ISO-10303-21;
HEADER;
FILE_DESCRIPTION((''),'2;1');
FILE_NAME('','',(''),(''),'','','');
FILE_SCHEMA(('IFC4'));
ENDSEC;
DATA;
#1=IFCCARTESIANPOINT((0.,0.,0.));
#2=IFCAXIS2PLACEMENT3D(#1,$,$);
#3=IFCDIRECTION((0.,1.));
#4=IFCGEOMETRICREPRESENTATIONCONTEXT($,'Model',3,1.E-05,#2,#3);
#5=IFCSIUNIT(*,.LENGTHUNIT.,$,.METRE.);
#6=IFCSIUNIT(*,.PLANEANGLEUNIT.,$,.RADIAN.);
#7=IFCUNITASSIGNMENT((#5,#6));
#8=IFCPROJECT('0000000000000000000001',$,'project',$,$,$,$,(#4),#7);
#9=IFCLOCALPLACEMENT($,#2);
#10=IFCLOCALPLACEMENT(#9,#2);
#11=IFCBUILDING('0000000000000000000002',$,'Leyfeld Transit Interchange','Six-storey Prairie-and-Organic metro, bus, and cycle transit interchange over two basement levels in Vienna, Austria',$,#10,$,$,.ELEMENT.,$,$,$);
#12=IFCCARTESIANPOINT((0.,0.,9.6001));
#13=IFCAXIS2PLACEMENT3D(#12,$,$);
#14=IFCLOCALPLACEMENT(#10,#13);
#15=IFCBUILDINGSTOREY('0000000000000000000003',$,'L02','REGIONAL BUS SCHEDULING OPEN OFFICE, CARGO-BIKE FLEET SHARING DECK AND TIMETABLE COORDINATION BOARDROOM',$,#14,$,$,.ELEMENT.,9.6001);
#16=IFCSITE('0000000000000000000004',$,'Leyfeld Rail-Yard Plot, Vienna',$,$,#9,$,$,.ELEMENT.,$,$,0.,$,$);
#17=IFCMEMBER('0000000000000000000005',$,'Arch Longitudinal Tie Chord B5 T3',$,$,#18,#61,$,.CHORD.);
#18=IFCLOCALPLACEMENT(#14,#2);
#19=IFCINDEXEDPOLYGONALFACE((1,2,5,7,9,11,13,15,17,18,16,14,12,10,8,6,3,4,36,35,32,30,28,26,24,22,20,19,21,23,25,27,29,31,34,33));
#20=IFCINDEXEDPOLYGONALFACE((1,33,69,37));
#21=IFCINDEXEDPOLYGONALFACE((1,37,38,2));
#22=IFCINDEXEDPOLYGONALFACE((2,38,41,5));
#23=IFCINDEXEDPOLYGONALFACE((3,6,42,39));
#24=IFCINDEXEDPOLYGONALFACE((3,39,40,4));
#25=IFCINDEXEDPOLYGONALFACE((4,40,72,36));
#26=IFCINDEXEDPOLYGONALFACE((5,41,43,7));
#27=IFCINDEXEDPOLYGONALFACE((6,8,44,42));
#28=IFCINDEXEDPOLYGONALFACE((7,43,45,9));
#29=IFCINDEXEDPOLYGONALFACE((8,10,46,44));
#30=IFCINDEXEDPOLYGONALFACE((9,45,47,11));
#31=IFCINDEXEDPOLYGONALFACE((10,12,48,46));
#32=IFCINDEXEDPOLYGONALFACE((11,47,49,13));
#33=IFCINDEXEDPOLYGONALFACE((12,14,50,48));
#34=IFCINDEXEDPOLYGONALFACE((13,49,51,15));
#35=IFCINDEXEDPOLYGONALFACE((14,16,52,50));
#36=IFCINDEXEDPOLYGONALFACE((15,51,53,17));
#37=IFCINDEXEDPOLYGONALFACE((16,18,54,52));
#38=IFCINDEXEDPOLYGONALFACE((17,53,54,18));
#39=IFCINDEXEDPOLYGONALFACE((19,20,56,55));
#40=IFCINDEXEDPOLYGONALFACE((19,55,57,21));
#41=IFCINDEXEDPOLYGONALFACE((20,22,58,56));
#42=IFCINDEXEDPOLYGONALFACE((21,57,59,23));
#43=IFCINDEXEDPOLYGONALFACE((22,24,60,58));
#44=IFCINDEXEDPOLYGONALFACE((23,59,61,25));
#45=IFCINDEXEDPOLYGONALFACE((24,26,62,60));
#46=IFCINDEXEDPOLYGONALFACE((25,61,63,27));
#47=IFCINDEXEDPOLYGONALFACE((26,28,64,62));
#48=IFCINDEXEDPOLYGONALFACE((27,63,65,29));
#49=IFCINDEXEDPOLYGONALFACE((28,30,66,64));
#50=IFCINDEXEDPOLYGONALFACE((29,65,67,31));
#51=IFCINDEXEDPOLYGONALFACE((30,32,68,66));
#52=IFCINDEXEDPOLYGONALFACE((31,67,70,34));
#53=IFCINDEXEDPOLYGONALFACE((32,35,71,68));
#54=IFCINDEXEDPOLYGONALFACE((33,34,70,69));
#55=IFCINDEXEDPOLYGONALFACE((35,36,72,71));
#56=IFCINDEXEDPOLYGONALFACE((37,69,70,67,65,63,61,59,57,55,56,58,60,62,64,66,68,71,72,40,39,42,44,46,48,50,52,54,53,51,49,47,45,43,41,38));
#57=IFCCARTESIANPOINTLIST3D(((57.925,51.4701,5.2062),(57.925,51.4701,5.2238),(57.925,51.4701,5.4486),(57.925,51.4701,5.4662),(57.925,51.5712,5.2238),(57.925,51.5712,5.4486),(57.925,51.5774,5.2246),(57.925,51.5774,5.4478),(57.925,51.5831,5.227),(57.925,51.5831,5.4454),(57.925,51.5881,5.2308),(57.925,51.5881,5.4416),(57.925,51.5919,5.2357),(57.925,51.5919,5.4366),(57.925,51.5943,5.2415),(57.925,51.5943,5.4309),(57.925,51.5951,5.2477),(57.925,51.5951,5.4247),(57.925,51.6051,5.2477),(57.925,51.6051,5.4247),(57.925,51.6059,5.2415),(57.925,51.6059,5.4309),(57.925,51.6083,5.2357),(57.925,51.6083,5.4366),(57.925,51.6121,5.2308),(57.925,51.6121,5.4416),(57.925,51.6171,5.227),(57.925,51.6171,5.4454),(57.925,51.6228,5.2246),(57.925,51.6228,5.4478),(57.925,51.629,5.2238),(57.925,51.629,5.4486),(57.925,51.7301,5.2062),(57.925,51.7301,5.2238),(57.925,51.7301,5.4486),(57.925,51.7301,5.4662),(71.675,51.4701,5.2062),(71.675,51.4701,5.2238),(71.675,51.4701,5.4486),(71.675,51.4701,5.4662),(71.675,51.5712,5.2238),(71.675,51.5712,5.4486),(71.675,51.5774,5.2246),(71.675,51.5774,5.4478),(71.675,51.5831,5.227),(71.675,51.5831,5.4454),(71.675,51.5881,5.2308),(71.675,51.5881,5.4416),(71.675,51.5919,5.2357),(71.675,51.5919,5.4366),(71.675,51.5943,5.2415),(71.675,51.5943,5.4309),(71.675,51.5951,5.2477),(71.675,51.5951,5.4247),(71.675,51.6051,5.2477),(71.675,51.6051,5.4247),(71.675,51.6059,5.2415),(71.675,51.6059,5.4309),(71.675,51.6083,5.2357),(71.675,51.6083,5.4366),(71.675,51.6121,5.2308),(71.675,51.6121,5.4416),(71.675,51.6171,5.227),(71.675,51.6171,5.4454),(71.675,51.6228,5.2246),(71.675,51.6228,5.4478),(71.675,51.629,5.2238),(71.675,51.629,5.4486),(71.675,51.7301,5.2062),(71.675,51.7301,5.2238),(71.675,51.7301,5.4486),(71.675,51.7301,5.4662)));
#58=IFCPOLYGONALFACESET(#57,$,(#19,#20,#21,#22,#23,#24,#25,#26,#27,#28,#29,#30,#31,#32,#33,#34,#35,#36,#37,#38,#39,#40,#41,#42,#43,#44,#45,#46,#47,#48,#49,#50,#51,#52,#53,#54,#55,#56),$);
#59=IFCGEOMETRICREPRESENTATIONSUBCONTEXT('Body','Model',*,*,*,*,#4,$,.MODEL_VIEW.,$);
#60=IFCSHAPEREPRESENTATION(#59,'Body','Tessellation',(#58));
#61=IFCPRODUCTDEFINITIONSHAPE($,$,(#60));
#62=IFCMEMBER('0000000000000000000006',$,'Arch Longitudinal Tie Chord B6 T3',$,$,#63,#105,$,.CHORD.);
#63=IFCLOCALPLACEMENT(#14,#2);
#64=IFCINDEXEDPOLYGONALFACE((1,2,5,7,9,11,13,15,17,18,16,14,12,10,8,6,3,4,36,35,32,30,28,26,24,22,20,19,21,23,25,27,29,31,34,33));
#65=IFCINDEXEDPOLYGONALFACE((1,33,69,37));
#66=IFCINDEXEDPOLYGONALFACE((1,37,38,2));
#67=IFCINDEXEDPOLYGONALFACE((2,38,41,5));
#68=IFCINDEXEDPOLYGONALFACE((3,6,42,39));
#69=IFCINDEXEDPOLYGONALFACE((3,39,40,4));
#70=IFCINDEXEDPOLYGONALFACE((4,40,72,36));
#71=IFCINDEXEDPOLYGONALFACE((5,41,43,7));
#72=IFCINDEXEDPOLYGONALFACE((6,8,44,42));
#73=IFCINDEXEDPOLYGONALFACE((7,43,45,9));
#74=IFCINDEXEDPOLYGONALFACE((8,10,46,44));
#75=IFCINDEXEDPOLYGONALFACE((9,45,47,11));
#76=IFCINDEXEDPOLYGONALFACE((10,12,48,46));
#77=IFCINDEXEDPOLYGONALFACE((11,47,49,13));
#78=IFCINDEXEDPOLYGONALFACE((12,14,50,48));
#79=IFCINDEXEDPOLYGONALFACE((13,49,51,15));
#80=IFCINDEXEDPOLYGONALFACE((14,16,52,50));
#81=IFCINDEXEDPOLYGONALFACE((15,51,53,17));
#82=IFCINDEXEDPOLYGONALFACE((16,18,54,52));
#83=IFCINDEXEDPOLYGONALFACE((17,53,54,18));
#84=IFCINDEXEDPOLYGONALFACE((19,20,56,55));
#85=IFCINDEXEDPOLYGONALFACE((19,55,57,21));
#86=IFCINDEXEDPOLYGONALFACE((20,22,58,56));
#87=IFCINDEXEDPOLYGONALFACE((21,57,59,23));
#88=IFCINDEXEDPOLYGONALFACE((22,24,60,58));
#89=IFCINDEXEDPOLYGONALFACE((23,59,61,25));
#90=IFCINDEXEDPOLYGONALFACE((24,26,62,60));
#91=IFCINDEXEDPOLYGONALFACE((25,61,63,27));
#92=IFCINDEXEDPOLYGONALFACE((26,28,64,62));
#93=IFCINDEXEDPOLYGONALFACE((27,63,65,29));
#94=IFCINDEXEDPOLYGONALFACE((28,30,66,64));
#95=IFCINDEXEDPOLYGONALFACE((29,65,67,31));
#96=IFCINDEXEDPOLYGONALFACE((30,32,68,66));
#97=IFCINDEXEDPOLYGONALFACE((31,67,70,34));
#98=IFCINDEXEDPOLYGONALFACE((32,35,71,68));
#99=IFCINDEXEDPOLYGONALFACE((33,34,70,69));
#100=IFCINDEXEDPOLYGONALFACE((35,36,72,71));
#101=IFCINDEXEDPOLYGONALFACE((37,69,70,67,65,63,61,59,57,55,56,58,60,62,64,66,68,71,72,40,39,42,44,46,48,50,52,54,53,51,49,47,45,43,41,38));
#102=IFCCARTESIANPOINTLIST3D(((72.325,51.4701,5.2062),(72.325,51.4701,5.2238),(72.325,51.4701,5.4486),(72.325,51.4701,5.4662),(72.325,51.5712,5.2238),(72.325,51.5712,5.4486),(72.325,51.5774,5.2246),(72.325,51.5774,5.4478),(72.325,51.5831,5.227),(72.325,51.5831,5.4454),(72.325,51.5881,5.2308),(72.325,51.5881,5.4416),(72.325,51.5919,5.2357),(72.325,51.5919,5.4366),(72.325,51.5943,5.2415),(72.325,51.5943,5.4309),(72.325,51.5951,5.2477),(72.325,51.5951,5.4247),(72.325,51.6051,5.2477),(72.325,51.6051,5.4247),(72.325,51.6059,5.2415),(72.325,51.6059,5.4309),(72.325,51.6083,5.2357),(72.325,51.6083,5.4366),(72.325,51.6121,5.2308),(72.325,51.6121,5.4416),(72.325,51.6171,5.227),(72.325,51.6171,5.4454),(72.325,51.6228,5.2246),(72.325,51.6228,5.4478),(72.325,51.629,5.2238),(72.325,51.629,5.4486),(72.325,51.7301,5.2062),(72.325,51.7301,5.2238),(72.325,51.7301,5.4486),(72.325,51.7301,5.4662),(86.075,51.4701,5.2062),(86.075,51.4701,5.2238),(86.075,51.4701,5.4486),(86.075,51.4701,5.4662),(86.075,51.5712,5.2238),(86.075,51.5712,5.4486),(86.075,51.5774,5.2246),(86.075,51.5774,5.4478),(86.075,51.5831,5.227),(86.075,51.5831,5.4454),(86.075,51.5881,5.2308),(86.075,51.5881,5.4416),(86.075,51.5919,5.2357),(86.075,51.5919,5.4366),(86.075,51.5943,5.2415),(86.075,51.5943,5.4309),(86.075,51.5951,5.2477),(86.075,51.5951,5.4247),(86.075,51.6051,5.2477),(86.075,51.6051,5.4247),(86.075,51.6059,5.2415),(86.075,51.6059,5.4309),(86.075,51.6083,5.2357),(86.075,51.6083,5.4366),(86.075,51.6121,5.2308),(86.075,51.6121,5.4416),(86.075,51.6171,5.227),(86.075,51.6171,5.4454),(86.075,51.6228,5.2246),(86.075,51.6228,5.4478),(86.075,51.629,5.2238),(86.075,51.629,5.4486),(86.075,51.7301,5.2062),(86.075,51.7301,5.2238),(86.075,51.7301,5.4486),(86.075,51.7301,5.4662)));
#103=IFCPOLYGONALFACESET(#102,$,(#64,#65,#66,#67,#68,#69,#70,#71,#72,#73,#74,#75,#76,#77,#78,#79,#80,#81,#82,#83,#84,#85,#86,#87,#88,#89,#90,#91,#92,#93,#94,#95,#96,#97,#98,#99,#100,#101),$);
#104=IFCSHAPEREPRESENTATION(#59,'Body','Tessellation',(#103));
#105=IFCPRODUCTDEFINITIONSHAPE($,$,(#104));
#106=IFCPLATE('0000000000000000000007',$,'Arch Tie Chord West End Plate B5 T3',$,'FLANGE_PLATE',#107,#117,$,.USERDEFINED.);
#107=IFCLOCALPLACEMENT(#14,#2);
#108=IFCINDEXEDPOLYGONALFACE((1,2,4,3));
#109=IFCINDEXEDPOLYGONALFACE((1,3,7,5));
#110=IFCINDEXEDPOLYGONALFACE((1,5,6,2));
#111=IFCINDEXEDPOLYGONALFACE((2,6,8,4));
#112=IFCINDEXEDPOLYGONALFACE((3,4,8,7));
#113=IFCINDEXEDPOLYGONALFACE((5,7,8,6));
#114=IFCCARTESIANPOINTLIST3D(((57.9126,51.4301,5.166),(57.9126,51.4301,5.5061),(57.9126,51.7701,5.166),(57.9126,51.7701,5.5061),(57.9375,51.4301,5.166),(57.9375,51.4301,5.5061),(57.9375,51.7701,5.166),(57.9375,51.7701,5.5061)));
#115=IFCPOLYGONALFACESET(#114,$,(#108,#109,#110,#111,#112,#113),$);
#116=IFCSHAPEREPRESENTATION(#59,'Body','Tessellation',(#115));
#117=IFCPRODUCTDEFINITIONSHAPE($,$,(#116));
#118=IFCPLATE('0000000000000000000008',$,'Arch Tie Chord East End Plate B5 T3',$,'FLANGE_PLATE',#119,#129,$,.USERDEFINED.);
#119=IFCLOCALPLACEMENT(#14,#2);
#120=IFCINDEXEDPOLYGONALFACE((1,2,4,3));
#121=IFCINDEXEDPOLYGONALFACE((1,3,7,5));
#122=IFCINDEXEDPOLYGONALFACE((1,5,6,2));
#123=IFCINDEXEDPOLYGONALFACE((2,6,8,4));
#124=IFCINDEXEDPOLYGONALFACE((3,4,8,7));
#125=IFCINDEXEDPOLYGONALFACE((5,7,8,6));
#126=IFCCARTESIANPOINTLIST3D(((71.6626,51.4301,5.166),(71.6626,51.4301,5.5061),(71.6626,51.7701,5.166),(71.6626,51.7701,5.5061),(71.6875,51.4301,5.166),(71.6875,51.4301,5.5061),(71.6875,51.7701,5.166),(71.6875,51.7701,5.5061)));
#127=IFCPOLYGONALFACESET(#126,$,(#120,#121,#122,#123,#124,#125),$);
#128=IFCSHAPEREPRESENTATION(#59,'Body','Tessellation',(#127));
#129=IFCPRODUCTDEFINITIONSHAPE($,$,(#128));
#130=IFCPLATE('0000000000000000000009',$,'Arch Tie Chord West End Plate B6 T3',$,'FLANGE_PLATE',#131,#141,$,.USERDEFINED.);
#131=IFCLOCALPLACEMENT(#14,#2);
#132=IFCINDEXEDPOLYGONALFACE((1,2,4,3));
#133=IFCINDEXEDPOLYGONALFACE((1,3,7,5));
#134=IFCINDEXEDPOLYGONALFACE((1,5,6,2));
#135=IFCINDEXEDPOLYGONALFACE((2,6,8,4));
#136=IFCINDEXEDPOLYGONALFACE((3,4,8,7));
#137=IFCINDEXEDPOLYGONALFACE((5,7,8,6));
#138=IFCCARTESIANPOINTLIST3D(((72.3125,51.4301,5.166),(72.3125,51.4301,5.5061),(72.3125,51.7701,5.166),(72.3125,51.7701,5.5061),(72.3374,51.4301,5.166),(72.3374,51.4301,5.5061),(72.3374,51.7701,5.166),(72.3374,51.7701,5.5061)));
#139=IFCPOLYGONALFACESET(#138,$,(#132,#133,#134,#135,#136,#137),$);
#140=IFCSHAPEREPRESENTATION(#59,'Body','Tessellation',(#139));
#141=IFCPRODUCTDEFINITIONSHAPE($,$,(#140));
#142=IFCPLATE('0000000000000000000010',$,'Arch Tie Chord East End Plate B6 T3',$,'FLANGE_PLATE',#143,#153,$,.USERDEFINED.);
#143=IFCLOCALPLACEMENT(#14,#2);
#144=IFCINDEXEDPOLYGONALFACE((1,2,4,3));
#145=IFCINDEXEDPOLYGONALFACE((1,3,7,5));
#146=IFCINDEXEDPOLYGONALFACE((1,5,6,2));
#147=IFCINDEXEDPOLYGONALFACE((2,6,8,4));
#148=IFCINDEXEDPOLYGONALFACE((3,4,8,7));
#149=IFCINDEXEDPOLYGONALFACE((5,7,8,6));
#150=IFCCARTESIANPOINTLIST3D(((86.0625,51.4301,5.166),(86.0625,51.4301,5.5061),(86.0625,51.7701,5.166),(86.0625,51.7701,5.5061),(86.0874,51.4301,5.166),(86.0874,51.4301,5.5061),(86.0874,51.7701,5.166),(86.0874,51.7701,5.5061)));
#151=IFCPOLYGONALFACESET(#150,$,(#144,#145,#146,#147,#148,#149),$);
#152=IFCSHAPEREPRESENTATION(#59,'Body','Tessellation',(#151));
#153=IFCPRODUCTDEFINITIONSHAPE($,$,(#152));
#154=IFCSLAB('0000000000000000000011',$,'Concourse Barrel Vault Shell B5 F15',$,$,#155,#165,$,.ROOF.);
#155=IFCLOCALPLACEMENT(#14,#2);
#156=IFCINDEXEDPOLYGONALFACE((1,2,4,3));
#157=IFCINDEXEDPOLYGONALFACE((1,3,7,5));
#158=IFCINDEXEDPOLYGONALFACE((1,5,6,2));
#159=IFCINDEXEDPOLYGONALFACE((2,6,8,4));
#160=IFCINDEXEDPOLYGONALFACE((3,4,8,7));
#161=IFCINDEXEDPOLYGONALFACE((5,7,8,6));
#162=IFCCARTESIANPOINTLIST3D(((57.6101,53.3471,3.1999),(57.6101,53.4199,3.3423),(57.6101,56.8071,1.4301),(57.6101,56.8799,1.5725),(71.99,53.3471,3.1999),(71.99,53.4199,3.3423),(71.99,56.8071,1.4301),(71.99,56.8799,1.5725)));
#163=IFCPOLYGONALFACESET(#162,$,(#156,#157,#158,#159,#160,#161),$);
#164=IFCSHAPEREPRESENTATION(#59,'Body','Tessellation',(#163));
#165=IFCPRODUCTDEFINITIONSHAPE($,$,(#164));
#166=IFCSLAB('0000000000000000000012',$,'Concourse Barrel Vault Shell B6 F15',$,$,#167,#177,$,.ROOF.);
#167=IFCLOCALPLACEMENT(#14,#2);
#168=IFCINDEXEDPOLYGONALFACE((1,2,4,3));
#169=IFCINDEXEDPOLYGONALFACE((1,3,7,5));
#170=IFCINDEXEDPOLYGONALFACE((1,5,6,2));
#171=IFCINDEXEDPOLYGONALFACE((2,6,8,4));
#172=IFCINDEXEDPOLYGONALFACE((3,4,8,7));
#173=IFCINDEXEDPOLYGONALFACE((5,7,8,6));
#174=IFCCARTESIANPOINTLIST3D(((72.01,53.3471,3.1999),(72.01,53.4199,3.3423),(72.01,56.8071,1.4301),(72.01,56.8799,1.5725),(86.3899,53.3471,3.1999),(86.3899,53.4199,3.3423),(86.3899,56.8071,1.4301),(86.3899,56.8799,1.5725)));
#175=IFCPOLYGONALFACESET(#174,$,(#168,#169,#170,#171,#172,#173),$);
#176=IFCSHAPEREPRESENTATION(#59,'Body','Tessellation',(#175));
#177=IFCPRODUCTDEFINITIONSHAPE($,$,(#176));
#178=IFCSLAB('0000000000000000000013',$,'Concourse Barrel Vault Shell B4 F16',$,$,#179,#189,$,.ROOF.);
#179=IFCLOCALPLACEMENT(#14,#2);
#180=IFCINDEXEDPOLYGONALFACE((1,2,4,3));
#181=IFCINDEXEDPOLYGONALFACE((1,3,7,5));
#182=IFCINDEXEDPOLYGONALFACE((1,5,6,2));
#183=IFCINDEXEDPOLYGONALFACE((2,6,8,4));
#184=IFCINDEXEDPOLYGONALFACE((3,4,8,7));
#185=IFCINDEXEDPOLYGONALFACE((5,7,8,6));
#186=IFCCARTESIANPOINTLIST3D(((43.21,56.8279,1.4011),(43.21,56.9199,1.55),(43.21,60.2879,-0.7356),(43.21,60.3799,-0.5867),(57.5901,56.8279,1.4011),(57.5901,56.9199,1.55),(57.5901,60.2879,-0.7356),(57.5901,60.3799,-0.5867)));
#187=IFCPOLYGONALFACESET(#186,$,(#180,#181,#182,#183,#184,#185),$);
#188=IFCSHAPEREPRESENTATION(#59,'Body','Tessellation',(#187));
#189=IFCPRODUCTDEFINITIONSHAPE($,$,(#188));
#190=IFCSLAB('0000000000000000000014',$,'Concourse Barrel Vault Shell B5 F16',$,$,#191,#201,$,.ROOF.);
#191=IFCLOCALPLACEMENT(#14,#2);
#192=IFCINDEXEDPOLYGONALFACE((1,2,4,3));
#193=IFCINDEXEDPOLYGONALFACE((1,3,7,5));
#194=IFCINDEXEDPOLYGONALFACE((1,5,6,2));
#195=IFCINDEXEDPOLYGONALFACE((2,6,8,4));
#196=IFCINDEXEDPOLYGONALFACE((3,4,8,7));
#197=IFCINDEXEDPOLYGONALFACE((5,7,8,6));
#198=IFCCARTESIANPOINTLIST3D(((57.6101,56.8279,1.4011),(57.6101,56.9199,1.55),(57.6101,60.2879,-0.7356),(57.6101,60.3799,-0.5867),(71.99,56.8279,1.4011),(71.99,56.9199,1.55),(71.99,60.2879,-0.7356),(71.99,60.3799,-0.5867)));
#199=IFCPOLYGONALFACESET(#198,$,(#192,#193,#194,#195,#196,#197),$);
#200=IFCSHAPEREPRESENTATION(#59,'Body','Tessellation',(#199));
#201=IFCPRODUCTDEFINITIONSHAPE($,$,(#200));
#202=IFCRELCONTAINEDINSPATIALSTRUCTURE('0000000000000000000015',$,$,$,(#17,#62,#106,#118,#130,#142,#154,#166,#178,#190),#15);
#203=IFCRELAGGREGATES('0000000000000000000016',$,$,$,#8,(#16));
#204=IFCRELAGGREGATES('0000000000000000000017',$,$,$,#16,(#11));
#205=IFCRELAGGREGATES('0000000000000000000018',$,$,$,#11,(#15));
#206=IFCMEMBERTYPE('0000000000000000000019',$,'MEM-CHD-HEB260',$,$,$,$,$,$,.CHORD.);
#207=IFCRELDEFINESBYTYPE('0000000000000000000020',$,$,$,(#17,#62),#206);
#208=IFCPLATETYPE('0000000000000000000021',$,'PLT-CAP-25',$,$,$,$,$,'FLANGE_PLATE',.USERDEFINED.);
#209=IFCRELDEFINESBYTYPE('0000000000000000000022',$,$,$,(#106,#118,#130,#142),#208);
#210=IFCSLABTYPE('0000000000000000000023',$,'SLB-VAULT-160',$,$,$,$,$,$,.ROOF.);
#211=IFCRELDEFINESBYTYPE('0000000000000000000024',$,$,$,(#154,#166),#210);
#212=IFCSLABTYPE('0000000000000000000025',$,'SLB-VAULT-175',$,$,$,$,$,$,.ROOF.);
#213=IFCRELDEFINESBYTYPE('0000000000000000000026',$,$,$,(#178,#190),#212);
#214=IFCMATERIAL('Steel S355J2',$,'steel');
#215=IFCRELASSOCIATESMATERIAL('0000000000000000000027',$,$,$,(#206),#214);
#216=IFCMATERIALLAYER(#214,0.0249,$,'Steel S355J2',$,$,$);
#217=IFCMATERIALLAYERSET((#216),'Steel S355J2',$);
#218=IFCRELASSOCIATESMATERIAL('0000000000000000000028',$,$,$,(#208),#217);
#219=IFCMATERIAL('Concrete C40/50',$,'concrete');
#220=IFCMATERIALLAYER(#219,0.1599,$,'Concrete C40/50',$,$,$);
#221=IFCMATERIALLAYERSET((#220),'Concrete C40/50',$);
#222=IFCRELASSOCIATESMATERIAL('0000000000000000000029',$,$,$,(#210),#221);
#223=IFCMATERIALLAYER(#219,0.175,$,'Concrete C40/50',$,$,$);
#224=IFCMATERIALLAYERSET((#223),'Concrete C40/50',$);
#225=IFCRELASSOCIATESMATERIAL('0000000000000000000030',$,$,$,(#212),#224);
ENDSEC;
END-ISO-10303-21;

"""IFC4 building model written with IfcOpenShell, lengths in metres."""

from ifc_helpers import new_model, si_unit, direction, frame, origin, origin_2d, place, context, subcontext, project, spatial, polyline, rectangle, i_section, outline, extrude, material, layer, layer_set, material_profile, profile_set, type_object, element, save


model = new_model("IFC4")

# Units and contexts
model_context = context("Model", 3, precision=1e-05, world=origin(), true_north=direction((0.0, 1.0)))
body_context = subcontext(model_context, "Body", "Model", "MODEL_VIEW")
ifc_project = project(units=[si_unit("LENGTHUNIT", "METRE"), si_unit("PLANEANGLEUNIT", "RADIAN")], contexts=[model_context])

# Site, building, storey
site_placement = place(None, origin())
site = spatial("IfcSite", under=ifc_project, at=site_placement, Name="Leyfeld Rail-Yard Plot, Vienna", CompositionType="ELEMENT", RefElevation=0.0)
building_placement = place(site_placement, origin())
building = spatial("IfcBuilding", under=site, at=building_placement, Name="Leyfeld Transit Interchange", Description="Six-storey Prairie-and-Organic metro, bus, and cycle transit interchange over two basement levels in Vienna, Austria", CompositionType="ELEMENT")
storey_placement = place(building_placement, frame((0.0, 0.0, 9.6001)))
storey = spatial("IfcBuildingStorey", under=building, at=storey_placement, Name="L02", Description="REGIONAL BUS SCHEDULING OPEN OFFICE, CARGO-BIKE FLEET SHARING DECK AND TIMETABLE COORDINATION BOARDROOM", CompositionType="ELEMENT", Elevation=9.6001)

# Shared definitions
ifc_material_1 = material(Name="Concrete C40/50", Category="concrete")

# Members
ifc_material_2 = material(Name="Steel S355J2", Category="steel")
ifc_material_profile_1 = material_profile(ifc_material_2, i_section(OverallWidth=0.26, OverallDepth=0.26, WebThickness=0.01, FlangeThickness=0.0176, FilletRadius=0.0239, at=origin_2d()), Name="HEB 260")
ifc_profile_set_1 = profile_set([ifc_material_profile_1], Name="Steel S355J2")
member_type_1 = type_object("IfcMemberType", Name="MEM-CHD-HEB260", PredefinedType="CHORD", material=ifc_profile_set_1)
for number, where, z_axis, x_axis, name in (
    (1, (57.925, 51.6001, 5.3362), (1.0, 0.0, 0.0), (0.0, 1.0, 0.0), "Arch Longitudinal Tie Chord B5 T3"),
    (2, (72.325, 51.6001, 5.3362), (1.0, 0.0, 0.0), (0.0, 1.0, 0.0), "Arch Longitudinal Tie Chord B6 T3"),
):
    element("IfcMember", number, at=place(storey_placement, frame(where, z_axis=z_axis, x_axis=x_axis)), inside=storey, type_object=member_type_1, Name=name, PredefinedType="CHORD", context=body_context, shape_type="SweptSolid", body=[
        extrude(i_section(OverallWidth=0.26, OverallDepth=0.26, WebThickness=0.01, FlangeThickness=0.0176, FilletRadius=0.0239, at=origin_2d()), origin(), (0.0, 0.0, 1.0), 13.75),
    ])

# Plates
ifc_layer_1 = layer(ifc_material_2, 0.0249, Name="Steel S355J2")
ifc_layer_set_1 = layer_set([ifc_layer_1], Name="Steel S355J2")
plate_type = type_object("IfcPlateType", Name="PLT-CAP-25", ElementType="FLANGE_PLATE", PredefinedType="USERDEFINED", material=ifc_layer_set_1)
for number, where, z_axis, x_axis, name in (
    (3, (57.925, 51.6001, 5.166), (0.0, 0.0, 1.0), (0.0, 1.0, 0.0), "Arch Tie Chord West End Plate B5 T3"),
    (4, (71.675, 51.6001, 5.166), (0.0, 0.0, 1.0), (0.0, 1.0, 0.0), "Arch Tie Chord East End Plate B5 T3"),
    (5, (72.325, 51.6001, 5.166), (0.0, 0.0, 1.0), (0.0, 1.0, 0.0), "Arch Tie Chord West End Plate B6 T3"),
    (6, (86.075, 51.6001, 5.166), (0.0, 0.0, 1.0), (0.0, 1.0, 0.0), "Arch Tie Chord East End Plate B6 T3"),
):
    element("IfcPlate", number, at=place(storey_placement, frame(where, z_axis=z_axis, x_axis=x_axis)), inside=storey, type_object=plate_type, Name=name, ObjectType="FLANGE_PLATE", PredefinedType="USERDEFINED", context=body_context, shape_type="SweptSolid", body=[
        extrude(rectangle(XDim=0.3401, YDim=0.0249, at=origin_2d()), origin(), (0.0, 0.0, 1.0), 0.3401),
    ])

# Slabs
ifc_layer_2 = layer(ifc_material_1, 0.1599, Name="Concrete C40/50")
ifc_layer_set_2 = layer_set([ifc_layer_2], Name="Concrete C40/50")
slab_type_1 = type_object("IfcSlabType", Name="SLB-VAULT-160", PredefinedType="ROOF", material=ifc_layer_set_2)
for number, where, z_axis, x_axis, name in (
    (7, (57.6101, 53.4199, 3.3423), (0.0, 0.455387, 0.890294), (1.0, 0.0, 0.0), "Concourse Barrel Vault Shell B5 F15"),
    (8, (72.01, 53.4199, 3.3423), (0.0, 0.455387, 0.890294), (1.0, 0.0, 0.0), "Concourse Barrel Vault Shell B6 F15"),
):
    element("IfcSlab", number, at=place(storey_placement, frame(where, z_axis=z_axis, x_axis=x_axis)), inside=storey, type_object=slab_type_1, Name=name, PredefinedType="ROOF", context=body_context, shape_type="SweptSolid", body=[
        extrude(outline(polyline([(0.0, 0.0), (14.3799, 0.0), (14.3799, 3.8863), (0.0, 3.8863), (0.0, 0.0)])), origin(), (0.0, 0.0, -1.0), 0.1599),
    ])
ifc_layer_3 = layer(ifc_material_1, 0.175, Name="Concrete C40/50")
ifc_layer_set_3 = layer_set([ifc_layer_3], Name="Concrete C40/50")
slab_type_2 = type_object("IfcSlabType", Name="SLB-VAULT-175", PredefinedType="ROOF", material=ifc_layer_set_3)
slab_placement = place(storey_placement, frame((43.21, 56.9199, 1.55), z_axis=(0.0, 0.525437, 0.850833), x_axis=(1.0, 0.0, 0.0)))
element("IfcSlab", 9, at=slab_placement, inside=storey, type_object=slab_type_2, Name="Concourse Barrel Vault Shell B4 F16", PredefinedType="ROOF", context=body_context, shape_type="SweptSolid", body=[
    extrude(outline(polyline([(0.0, 0.0), (14.3801, 0.0), (14.3801, 4.0666), (0.0, 4.0666), (0.0, 0.0)])), origin(), (0.0, 0.0, -1.0), 0.175),
])
for number, where, z_axis, x_axis, name in (
    (10, (57.6101, 56.9199, 1.55), (0.0, 0.525437, 0.850833), (1.0, 0.0, 0.0), "Concourse Barrel Vault Shell B5 F16"),
):
    element("IfcSlab", number, at=place(storey_placement, frame(where, z_axis=z_axis, x_axis=x_axis)), inside=storey, type_object=slab_type_2, Name=name, PredefinedType="ROOF", context=body_context, shape_type="SweptSolid", body=[
        extrude(outline(polyline([(0.0, 0.0), (14.3799, 0.0), (14.3799, 4.0666), (0.0, 4.0666), (0.0, 0.0)])), origin(), (0.0, 0.0, -1.0), 0.175),
    ])

save(model, "model.ifc")
